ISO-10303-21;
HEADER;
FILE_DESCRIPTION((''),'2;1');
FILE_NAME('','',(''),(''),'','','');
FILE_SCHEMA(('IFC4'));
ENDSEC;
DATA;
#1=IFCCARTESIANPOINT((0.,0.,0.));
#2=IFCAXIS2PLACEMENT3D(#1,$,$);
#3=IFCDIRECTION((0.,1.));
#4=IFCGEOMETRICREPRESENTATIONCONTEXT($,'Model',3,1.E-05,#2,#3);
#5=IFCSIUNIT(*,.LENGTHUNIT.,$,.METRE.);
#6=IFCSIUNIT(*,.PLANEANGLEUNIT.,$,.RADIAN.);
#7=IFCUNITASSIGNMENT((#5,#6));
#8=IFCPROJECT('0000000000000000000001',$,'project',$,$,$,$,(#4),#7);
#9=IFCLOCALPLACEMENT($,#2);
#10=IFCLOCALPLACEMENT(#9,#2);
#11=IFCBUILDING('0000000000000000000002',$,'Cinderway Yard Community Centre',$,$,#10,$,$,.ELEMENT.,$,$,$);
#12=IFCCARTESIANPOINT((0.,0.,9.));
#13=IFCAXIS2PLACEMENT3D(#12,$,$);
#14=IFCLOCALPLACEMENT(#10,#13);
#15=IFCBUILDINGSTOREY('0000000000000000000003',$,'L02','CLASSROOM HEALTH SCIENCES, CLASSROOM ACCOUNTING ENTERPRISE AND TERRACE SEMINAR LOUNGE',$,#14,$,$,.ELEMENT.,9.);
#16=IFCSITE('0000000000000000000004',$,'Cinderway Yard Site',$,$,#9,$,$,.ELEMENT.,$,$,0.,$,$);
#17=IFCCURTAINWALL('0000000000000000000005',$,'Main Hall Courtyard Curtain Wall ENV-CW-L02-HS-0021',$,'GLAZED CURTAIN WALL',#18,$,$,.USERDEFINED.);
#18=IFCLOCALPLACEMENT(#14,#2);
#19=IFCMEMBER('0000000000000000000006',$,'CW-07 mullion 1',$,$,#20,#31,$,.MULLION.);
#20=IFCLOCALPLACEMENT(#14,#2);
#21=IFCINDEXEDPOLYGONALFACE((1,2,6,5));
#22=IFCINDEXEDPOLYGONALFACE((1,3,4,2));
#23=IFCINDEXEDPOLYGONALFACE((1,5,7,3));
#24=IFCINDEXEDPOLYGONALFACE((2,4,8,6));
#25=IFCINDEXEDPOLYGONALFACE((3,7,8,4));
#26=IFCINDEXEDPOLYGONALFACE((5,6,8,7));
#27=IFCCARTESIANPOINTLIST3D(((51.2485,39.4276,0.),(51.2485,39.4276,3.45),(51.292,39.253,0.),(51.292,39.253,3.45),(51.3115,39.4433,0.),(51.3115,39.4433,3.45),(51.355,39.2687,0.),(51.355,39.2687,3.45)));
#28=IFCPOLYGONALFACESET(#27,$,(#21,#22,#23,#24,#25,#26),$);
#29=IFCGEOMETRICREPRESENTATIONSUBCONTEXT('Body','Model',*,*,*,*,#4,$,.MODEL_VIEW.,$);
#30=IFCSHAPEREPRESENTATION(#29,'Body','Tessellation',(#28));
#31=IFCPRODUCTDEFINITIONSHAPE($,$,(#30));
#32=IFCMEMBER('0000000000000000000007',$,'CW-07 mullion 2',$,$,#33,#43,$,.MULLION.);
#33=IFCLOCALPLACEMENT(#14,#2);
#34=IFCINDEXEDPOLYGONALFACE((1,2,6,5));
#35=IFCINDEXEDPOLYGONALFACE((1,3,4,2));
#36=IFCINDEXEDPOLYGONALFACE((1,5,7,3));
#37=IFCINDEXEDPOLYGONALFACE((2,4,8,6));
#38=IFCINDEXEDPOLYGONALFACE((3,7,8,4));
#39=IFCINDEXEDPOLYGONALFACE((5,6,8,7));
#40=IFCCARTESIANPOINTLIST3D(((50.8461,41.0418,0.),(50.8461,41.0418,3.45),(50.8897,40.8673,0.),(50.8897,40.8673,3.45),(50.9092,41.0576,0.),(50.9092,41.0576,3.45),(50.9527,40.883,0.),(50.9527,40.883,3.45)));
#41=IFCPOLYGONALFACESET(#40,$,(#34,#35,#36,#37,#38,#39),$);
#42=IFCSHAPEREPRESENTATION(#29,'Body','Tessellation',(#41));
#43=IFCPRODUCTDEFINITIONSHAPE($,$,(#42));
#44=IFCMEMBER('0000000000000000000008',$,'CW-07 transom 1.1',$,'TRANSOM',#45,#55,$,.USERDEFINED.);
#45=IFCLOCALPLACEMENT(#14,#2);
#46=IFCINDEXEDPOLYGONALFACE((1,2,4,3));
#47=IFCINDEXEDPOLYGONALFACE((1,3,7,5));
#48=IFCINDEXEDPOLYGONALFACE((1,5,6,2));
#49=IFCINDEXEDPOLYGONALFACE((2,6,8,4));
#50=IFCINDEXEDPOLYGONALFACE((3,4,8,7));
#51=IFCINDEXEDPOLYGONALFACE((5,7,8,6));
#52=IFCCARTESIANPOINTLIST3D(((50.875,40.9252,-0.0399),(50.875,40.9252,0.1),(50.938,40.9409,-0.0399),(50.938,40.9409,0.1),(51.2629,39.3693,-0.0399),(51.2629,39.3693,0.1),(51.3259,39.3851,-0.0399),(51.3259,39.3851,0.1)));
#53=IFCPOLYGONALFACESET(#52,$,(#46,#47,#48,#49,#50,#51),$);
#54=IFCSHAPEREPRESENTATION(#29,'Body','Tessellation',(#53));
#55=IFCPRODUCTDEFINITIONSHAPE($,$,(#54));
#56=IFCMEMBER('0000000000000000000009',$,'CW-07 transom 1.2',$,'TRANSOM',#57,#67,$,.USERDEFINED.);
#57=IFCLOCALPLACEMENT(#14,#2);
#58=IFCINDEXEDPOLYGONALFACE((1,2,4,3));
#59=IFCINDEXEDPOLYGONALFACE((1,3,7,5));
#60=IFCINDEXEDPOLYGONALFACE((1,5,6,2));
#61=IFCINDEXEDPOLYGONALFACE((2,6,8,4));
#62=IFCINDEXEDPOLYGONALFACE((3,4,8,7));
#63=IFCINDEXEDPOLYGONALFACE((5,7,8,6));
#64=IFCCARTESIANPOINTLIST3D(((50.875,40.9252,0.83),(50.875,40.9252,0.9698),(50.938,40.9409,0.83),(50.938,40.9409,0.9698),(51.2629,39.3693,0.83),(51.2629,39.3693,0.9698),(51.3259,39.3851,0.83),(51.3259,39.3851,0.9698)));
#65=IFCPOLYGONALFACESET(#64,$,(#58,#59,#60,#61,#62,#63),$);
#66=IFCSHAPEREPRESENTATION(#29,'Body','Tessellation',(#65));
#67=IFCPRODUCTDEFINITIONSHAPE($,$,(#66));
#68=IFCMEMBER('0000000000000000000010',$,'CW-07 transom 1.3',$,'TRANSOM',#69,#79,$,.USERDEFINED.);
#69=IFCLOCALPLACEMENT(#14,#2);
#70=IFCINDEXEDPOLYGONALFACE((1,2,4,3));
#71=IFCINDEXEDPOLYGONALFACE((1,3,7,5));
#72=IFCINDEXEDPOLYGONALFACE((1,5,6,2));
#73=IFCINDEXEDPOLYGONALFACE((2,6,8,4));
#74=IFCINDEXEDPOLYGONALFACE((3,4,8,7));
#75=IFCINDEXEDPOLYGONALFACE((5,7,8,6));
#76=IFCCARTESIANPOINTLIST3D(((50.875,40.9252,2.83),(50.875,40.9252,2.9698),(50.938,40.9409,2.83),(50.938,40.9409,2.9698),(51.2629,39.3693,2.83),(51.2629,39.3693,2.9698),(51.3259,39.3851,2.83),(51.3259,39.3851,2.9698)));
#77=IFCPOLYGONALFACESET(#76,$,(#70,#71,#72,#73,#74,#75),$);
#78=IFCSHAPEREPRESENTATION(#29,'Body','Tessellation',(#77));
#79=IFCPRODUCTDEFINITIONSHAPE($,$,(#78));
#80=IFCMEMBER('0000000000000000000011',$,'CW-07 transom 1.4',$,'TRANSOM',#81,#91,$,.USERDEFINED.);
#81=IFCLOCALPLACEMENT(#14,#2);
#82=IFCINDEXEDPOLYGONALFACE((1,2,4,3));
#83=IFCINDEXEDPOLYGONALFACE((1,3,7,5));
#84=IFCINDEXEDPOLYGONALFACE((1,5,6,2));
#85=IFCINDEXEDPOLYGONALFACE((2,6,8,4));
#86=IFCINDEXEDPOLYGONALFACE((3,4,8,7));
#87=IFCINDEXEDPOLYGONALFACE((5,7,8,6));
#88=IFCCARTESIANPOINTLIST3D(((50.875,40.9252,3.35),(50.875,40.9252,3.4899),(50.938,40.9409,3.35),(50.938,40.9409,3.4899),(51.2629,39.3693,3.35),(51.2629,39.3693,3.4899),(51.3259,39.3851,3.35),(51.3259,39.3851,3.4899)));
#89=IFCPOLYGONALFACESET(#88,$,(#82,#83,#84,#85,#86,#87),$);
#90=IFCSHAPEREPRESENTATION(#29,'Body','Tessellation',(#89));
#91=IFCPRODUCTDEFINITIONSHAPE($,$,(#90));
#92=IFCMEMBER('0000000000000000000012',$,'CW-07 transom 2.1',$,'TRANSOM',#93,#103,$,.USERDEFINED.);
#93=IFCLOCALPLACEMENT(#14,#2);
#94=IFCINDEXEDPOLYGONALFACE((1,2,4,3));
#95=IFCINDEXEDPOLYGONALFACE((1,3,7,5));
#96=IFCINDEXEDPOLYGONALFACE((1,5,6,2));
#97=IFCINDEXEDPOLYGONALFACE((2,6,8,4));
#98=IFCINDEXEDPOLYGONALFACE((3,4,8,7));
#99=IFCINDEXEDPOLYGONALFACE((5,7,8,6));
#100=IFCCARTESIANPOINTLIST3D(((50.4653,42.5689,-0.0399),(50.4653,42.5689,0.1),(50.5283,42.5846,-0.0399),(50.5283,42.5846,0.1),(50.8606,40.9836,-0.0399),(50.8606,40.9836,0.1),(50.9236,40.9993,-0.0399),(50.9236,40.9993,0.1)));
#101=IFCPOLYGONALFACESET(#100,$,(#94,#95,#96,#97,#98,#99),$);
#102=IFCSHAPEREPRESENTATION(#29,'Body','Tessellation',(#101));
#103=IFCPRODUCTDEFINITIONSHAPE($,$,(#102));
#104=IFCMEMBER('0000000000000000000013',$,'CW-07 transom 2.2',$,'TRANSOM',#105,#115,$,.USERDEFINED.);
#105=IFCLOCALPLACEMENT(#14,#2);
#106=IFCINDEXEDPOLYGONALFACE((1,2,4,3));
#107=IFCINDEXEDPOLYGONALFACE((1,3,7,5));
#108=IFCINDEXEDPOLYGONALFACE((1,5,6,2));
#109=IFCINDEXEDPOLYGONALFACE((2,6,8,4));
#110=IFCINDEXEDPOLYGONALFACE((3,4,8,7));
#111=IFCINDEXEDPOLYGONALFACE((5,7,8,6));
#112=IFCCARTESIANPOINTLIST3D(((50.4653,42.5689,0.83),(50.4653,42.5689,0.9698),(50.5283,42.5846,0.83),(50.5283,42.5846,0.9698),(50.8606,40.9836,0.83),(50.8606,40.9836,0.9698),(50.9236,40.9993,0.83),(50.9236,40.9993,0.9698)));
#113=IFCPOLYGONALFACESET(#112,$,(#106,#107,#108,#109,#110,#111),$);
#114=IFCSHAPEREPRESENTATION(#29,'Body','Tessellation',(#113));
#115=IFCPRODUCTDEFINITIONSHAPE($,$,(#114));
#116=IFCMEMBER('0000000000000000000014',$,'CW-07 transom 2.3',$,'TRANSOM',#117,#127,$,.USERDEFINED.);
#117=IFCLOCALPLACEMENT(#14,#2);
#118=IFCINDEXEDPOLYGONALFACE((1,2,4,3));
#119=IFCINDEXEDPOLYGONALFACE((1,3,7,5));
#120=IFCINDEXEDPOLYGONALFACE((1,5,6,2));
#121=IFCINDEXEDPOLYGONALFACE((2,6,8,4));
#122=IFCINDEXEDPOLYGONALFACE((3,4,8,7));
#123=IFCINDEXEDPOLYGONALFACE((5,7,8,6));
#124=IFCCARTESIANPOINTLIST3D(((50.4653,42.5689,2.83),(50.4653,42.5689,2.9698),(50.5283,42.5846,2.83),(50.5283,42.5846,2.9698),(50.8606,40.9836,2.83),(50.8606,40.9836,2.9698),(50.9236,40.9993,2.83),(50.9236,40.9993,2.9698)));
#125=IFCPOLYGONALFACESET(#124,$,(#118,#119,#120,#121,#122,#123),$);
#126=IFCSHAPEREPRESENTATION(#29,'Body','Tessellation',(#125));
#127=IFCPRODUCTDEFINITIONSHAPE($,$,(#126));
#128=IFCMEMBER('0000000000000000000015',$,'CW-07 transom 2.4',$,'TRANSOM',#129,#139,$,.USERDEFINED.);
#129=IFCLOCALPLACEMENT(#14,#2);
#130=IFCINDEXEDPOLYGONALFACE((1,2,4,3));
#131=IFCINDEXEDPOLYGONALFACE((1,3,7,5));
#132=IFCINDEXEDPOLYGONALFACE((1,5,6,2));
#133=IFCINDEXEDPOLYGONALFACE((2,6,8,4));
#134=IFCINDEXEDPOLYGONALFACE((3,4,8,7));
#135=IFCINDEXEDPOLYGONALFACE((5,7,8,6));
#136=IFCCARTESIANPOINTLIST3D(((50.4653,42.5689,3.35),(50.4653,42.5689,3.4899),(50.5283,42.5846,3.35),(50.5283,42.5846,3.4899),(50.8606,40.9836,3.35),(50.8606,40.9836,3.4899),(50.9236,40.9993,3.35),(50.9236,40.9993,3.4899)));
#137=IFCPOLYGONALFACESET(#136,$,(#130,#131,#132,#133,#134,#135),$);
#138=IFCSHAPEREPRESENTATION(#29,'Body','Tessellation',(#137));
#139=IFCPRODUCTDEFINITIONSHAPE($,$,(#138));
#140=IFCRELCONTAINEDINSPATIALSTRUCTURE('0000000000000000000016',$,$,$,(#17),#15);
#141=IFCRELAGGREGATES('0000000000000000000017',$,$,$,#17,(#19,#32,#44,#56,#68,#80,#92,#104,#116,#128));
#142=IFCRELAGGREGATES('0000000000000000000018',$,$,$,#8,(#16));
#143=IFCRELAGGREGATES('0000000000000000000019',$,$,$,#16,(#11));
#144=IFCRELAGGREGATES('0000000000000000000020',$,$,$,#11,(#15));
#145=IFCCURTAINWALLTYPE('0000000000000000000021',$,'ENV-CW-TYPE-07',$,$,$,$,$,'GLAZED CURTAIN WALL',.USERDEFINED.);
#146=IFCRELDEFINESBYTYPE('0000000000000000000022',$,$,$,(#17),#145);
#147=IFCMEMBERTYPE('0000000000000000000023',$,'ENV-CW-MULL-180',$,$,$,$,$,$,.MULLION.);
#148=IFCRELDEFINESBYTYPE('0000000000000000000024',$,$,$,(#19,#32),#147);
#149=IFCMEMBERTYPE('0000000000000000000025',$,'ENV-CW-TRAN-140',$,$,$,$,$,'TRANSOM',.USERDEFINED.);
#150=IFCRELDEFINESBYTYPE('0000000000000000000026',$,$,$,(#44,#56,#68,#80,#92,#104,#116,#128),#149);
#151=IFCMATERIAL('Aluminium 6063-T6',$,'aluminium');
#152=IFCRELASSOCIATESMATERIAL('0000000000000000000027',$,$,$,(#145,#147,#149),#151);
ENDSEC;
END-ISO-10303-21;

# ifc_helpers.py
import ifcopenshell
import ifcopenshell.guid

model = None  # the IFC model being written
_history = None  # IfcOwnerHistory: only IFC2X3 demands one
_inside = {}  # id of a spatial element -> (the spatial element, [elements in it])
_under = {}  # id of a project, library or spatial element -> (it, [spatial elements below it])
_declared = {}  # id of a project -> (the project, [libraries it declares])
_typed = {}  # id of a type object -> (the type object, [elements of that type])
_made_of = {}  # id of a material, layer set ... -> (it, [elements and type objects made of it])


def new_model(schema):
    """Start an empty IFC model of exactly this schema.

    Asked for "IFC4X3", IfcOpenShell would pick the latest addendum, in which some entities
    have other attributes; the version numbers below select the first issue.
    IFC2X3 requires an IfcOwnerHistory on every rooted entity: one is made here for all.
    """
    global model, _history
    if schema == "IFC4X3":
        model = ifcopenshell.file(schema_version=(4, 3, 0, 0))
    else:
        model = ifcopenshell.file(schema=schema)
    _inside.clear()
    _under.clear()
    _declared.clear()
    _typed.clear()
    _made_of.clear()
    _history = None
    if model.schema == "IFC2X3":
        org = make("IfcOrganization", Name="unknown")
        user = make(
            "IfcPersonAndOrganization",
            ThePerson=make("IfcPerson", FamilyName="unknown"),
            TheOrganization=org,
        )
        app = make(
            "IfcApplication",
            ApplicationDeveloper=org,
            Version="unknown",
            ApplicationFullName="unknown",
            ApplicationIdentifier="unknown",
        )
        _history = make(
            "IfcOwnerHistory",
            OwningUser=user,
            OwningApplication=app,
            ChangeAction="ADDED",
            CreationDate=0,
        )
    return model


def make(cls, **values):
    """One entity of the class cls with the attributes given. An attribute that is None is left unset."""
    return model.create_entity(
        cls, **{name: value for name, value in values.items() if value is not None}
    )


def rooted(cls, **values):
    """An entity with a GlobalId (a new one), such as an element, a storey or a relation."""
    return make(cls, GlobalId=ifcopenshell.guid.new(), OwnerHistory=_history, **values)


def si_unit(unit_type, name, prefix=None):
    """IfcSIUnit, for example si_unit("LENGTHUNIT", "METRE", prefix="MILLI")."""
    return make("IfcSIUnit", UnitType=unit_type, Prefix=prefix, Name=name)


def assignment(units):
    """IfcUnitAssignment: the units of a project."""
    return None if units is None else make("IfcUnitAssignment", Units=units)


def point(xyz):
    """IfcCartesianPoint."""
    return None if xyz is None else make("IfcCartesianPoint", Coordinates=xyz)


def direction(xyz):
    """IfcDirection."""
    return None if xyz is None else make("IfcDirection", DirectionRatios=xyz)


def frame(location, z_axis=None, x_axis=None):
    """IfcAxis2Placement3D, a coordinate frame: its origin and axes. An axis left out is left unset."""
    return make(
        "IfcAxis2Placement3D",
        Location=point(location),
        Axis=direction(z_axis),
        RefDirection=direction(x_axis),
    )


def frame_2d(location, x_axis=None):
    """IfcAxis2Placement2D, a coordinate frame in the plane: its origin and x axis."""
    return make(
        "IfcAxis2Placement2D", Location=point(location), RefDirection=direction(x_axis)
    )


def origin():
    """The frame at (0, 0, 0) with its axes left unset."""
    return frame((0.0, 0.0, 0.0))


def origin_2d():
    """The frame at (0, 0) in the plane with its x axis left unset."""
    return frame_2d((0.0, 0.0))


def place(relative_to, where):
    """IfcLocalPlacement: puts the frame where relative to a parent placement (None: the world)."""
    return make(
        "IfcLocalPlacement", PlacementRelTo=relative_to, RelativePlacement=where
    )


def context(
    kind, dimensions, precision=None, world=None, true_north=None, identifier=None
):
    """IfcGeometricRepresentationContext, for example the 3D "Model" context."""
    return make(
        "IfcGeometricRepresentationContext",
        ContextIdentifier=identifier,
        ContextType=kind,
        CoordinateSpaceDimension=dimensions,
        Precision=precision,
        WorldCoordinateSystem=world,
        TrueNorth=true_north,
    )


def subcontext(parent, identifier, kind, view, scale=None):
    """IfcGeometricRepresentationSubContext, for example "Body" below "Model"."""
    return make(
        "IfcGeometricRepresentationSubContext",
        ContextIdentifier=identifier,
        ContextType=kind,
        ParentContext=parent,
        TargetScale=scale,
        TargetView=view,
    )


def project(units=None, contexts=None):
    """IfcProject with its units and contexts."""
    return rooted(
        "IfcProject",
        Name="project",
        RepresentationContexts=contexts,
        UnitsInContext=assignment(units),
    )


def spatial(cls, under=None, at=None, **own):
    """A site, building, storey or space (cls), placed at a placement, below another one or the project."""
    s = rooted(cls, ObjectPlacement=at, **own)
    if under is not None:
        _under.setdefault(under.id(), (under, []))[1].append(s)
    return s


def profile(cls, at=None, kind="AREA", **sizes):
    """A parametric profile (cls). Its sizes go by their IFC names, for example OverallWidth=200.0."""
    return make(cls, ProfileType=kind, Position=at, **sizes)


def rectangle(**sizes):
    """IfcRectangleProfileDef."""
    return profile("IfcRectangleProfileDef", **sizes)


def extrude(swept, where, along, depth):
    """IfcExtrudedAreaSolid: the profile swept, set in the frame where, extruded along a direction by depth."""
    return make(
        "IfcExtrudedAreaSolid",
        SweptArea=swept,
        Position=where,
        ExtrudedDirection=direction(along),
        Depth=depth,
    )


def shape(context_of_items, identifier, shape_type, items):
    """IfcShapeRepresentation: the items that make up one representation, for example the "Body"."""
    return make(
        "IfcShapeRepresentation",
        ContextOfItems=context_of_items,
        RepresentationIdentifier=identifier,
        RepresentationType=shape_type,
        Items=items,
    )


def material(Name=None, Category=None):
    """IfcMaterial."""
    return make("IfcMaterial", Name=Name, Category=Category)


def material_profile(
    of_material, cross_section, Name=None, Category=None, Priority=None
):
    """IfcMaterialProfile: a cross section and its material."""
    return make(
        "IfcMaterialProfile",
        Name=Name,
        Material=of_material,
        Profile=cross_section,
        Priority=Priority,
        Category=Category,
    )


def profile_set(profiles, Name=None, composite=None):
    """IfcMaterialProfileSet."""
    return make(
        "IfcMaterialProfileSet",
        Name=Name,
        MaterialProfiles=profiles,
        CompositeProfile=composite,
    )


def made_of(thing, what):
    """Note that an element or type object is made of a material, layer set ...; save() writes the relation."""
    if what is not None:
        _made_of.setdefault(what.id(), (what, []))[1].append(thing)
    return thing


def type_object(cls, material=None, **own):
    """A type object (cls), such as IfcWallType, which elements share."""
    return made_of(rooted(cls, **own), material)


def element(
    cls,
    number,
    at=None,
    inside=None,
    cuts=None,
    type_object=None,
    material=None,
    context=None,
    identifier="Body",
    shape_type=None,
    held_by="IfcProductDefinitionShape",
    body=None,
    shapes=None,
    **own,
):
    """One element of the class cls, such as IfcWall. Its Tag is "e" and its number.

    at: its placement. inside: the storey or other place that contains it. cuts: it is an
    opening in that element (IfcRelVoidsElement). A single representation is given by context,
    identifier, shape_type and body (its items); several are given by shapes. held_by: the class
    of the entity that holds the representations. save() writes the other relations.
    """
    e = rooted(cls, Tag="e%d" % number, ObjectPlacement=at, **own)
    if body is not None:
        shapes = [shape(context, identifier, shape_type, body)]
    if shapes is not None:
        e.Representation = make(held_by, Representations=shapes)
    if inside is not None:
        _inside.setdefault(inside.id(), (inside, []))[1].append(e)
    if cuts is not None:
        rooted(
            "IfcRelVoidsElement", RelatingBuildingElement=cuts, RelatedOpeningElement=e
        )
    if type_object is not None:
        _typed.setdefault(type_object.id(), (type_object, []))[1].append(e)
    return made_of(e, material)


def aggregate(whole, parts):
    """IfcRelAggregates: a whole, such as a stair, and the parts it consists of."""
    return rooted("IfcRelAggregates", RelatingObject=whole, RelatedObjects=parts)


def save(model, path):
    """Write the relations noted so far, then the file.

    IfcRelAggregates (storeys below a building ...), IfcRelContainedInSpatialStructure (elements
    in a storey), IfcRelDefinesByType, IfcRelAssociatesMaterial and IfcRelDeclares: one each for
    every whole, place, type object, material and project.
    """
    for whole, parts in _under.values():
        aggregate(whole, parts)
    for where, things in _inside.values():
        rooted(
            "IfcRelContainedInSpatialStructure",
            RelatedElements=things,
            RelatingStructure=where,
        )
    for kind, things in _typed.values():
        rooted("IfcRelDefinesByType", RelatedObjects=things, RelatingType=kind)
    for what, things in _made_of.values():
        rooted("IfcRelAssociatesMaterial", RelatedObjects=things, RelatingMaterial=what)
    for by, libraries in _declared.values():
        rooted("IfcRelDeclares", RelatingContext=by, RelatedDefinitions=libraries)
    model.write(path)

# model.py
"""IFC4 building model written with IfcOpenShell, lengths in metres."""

from ifc_helpers import new_model, si_unit, direction, frame, origin, origin_2d, place, context, subcontext, project, spatial, rectangle, extrude, material, material_profile, profile_set, type_object, element, aggregate, save


model = new_model("IFC4")

# Units and contexts
model_context = context("Model", 3, precision=1e-05, world=origin(), true_north=direction((0.0, 1.0)))
body_context = subcontext(model_context, "Body", "Model", "MODEL_VIEW")
ifc_project = project(units=[si_unit("LENGTHUNIT", "METRE"), si_unit("PLANEANGLEUNIT", "RADIAN")], contexts=[model_context])

# Site, building, storey
site_placement = place(None, origin())
site = spatial("IfcSite", under=ifc_project, at=site_placement, Name="Cinderway Yard Site", CompositionType="ELEMENT", RefElevation=0.0)
building_placement = place(site_placement, origin())
building = spatial("IfcBuilding", under=site, at=building_placement, Name="Cinderway Yard Community Centre", CompositionType="ELEMENT")
storey_placement = place(building_placement, frame((0.0, 0.0, 9.0)))
storey = spatial("IfcBuildingStorey", under=building, at=storey_placement, Name="L02", Description="CLASSROOM HEALTH SCIENCES, CLASSROOM ACCOUNTING ENTERPRISE AND TERRACE SEMINAR LOUNGE", CompositionType="ELEMENT", Elevation=9.0)

# Curtain wall, members
ifc_material_1 = material(Name="Aluminium 6063-T6", Category="aluminium")
curtain_wall_type = type_object("IfcCurtainWallType", Name="ENV-CW-TYPE-07", ElementType="GLAZED CURTAIN WALL", PredefinedType="USERDEFINED", material=ifc_material_1)
curtain_wall_placement = place(storey_placement, origin())
curtain_wall = element("IfcCurtainWall", 1, at=curtain_wall_placement, inside=storey, type_object=curtain_wall_type, Name="Main Hall Courtyard Curtain Wall ENV-CW-L02-HS-0021", ObjectType="GLAZED CURTAIN WALL", PredefinedType="USERDEFINED")
ifc_material_profile_1 = material_profile(ifc_material_1, rectangle(XDim=0.0649, YDim=0.1799, at=origin_2d()), Name="Aluminium 6063-T6")
ifc_profile_set_1 = profile_set([ifc_material_profile_1], Name="Aluminium 6063-T6")
member_type_1 = type_object("IfcMemberType", Name="ENV-CW-MULL-180", PredefinedType="MULLION", material=ifc_profile_set_1)
member_1_placement = place(storey_placement, frame((51.3018, 39.3481, 0.0), z_axis=(0.0, 0.0, 1.0), x_axis=(-0.970304, -0.241887, 0.0)))
member_1 = element("IfcMember", 2, at=member_1_placement, type_object=member_type_1, Name="CW-07 mullion 1", PredefinedType="MULLION", context=body_context, shape_type="SweptSolid", body=[
    extrude(rectangle(XDim=0.0649, YDim=0.1799, at=origin_2d()), origin(), (0.0, 0.0, 1.0), 3.45),
])
member_2_placement = place(storey_placement, frame((50.8994, 40.9624, 0.0), z_axis=(0.0, 0.0, 1.0), x_axis=(-0.970304, -0.241887, 0.0)))
member_2 = element("IfcMember", 3, at=member_2_placement, type_object=member_type_1, Name="CW-07 mullion 2", PredefinedType="MULLION", context=body_context, shape_type="SweptSolid", body=[
    extrude(rectangle(XDim=0.0649, YDim=0.1799, at=origin_2d()), origin(), (0.0, 0.0, 1.0), 3.45),
])
ifc_material_profile_2 = material_profile(ifc_material_1, rectangle(XDim=0.0649, YDim=0.1399, at=origin_2d()), Name="Aluminium 6063-T6")
ifc_profile_set_2 = profile_set([ifc_material_profile_2], Name="Aluminium 6063-T6")
member_type_2 = type_object("IfcMemberType", Name="ENV-CW-TRAN-140", ElementType="TRANSOM", PredefinedType="USERDEFINED", material=ifc_profile_set_2)
member_3_placement = place(storey_placement, frame((51.2944, 39.3772, 0.03), z_axis=(-0.241927, 0.970295, 0.0), x_axis=(-0.970295, -0.241927, 0.0)))
member_3 = element("IfcMember", 4, at=member_3_placement, type_object=member_type_2, Name="CW-07 transom 1.1", ObjectType="TRANSOM", PredefinedType="USERDEFINED", context=body_context, shape_type="SweptSolid", body=[
    extrude(rectangle(XDim=0.0649, YDim=0.1399, at=origin_2d()), origin(), (0.0, 0.0, 1.0), 1.6035),
])
member_4_placement = place(storey_placement, frame((51.2944, 39.3772, 0.8999), z_axis=(-0.241927, 0.970295, 0.0), x_axis=(-0.970295, -0.241927, 0.0)))
member_4 = element("IfcMember", 5, at=member_4_placement, type_object=member_type_2, Name="CW-07 transom 1.2", ObjectType="TRANSOM", PredefinedType="USERDEFINED", context=body_context, shape_type="SweptSolid", body=[
    extrude(rectangle(XDim=0.0649, YDim=0.1399, at=origin_2d()), origin(), (0.0, 0.0, 1.0), 1.6035),
])
member_5_placement = place(storey_placement, frame((51.2944, 39.3772, 2.8999), z_axis=(-0.241927, 0.970295, 0.0), x_axis=(-0.970295, -0.241927, 0.0)))
member_5 = element("IfcMember", 6, at=member_5_placement, type_object=member_type_2, Name="CW-07 transom 1.3", ObjectType="TRANSOM", PredefinedType="USERDEFINED", context=body_context, shape_type="SweptSolid", body=[
    extrude(rectangle(XDim=0.0649, YDim=0.1399, at=origin_2d()), origin(), (0.0, 0.0, 1.0), 1.6035),
])
member_6_placement = place(storey_placement, frame((51.2944, 39.3772, 3.4199), z_axis=(-0.241927, 0.970295, 0.0), x_axis=(-0.970295, -0.241927, 0.0)))
member_6 = element("IfcMember", 7, at=member_6_placement, type_object=member_type_2, Name="CW-07 transom 1.4", ObjectType="TRANSOM", PredefinedType="USERDEFINED", context=body_context, shape_type="SweptSolid", body=[
    extrude(rectangle(XDim=0.0649, YDim=0.1399, at=origin_2d()), origin(), (0.0, 0.0, 1.0), 1.6035),
])
member_7_placement = place(storey_placement, frame((50.8921, 40.9915, 0.03), z_axis=(-0.241938, 0.970292, 0.0), x_axis=(-0.970292, -0.241938, 0.0)))
member_7 = element("IfcMember", 8, at=member_7_placement, type_object=member_type_2, Name="CW-07 transom 2.1", ObjectType="TRANSOM", PredefinedType="USERDEFINED", context=body_context, shape_type="SweptSolid", body=[
    extrude(rectangle(XDim=0.0649, YDim=0.1399, at=origin_2d()), origin(), (0.0, 0.0, 1.0), 1.6338),
])
member_8_placement = place(storey_placement, frame((50.8921, 40.9915, 0.8999), z_axis=(-0.241938, 0.970292, 0.0), x_axis=(-0.970292, -0.241938, 0.0)))
member_8 = element("IfcMember", 9, at=member_8_placement, type_object=member_type_2, Name="CW-07 transom 2.2", ObjectType="TRANSOM", PredefinedType="USERDEFINED", context=body_context, shape_type="SweptSolid", body=[
    extrude(rectangle(XDim=0.0649, YDim=0.1399, at=origin_2d()), origin(), (0.0, 0.0, 1.0), 1.6338),
])
member_9_placement = place(storey_placement, frame((50.8921, 40.9915, 2.8999), z_axis=(-0.241938, 0.970292, 0.0), x_axis=(-0.970292, -0.241938, 0.0)))
member_9 = element("IfcMember", 10, at=member_9_placement, type_object=member_type_2, Name="CW-07 transom 2.3", ObjectType="TRANSOM", PredefinedType="USERDEFINED", context=body_context, shape_type="SweptSolid", body=[
    extrude(rectangle(XDim=0.0649, YDim=0.1399, at=origin_2d()), origin(), (0.0, 0.0, 1.0), 1.6338),
])
member_10_placement = place(storey_placement, frame((50.8921, 40.9915, 3.4199), z_axis=(-0.241938, 0.970292, 0.0), x_axis=(-0.970292, -0.241938, 0.0)))
member_10 = element("IfcMember", 11, at=member_10_placement, type_object=member_type_2, Name="CW-07 transom 2.4", ObjectType="TRANSOM", PredefinedType="USERDEFINED", context=body_context, shape_type="SweptSolid", body=[
    extrude(rectangle(XDim=0.0649, YDim=0.1399, at=origin_2d()), origin(), (0.0, 0.0, 1.0), 1.6338),
])

aggregate(curtain_wall, [member_1, member_2, member_3, member_4, member_5, member_6, member_7, member_8, member_9, member_10])

save(model, "model.ifc")
